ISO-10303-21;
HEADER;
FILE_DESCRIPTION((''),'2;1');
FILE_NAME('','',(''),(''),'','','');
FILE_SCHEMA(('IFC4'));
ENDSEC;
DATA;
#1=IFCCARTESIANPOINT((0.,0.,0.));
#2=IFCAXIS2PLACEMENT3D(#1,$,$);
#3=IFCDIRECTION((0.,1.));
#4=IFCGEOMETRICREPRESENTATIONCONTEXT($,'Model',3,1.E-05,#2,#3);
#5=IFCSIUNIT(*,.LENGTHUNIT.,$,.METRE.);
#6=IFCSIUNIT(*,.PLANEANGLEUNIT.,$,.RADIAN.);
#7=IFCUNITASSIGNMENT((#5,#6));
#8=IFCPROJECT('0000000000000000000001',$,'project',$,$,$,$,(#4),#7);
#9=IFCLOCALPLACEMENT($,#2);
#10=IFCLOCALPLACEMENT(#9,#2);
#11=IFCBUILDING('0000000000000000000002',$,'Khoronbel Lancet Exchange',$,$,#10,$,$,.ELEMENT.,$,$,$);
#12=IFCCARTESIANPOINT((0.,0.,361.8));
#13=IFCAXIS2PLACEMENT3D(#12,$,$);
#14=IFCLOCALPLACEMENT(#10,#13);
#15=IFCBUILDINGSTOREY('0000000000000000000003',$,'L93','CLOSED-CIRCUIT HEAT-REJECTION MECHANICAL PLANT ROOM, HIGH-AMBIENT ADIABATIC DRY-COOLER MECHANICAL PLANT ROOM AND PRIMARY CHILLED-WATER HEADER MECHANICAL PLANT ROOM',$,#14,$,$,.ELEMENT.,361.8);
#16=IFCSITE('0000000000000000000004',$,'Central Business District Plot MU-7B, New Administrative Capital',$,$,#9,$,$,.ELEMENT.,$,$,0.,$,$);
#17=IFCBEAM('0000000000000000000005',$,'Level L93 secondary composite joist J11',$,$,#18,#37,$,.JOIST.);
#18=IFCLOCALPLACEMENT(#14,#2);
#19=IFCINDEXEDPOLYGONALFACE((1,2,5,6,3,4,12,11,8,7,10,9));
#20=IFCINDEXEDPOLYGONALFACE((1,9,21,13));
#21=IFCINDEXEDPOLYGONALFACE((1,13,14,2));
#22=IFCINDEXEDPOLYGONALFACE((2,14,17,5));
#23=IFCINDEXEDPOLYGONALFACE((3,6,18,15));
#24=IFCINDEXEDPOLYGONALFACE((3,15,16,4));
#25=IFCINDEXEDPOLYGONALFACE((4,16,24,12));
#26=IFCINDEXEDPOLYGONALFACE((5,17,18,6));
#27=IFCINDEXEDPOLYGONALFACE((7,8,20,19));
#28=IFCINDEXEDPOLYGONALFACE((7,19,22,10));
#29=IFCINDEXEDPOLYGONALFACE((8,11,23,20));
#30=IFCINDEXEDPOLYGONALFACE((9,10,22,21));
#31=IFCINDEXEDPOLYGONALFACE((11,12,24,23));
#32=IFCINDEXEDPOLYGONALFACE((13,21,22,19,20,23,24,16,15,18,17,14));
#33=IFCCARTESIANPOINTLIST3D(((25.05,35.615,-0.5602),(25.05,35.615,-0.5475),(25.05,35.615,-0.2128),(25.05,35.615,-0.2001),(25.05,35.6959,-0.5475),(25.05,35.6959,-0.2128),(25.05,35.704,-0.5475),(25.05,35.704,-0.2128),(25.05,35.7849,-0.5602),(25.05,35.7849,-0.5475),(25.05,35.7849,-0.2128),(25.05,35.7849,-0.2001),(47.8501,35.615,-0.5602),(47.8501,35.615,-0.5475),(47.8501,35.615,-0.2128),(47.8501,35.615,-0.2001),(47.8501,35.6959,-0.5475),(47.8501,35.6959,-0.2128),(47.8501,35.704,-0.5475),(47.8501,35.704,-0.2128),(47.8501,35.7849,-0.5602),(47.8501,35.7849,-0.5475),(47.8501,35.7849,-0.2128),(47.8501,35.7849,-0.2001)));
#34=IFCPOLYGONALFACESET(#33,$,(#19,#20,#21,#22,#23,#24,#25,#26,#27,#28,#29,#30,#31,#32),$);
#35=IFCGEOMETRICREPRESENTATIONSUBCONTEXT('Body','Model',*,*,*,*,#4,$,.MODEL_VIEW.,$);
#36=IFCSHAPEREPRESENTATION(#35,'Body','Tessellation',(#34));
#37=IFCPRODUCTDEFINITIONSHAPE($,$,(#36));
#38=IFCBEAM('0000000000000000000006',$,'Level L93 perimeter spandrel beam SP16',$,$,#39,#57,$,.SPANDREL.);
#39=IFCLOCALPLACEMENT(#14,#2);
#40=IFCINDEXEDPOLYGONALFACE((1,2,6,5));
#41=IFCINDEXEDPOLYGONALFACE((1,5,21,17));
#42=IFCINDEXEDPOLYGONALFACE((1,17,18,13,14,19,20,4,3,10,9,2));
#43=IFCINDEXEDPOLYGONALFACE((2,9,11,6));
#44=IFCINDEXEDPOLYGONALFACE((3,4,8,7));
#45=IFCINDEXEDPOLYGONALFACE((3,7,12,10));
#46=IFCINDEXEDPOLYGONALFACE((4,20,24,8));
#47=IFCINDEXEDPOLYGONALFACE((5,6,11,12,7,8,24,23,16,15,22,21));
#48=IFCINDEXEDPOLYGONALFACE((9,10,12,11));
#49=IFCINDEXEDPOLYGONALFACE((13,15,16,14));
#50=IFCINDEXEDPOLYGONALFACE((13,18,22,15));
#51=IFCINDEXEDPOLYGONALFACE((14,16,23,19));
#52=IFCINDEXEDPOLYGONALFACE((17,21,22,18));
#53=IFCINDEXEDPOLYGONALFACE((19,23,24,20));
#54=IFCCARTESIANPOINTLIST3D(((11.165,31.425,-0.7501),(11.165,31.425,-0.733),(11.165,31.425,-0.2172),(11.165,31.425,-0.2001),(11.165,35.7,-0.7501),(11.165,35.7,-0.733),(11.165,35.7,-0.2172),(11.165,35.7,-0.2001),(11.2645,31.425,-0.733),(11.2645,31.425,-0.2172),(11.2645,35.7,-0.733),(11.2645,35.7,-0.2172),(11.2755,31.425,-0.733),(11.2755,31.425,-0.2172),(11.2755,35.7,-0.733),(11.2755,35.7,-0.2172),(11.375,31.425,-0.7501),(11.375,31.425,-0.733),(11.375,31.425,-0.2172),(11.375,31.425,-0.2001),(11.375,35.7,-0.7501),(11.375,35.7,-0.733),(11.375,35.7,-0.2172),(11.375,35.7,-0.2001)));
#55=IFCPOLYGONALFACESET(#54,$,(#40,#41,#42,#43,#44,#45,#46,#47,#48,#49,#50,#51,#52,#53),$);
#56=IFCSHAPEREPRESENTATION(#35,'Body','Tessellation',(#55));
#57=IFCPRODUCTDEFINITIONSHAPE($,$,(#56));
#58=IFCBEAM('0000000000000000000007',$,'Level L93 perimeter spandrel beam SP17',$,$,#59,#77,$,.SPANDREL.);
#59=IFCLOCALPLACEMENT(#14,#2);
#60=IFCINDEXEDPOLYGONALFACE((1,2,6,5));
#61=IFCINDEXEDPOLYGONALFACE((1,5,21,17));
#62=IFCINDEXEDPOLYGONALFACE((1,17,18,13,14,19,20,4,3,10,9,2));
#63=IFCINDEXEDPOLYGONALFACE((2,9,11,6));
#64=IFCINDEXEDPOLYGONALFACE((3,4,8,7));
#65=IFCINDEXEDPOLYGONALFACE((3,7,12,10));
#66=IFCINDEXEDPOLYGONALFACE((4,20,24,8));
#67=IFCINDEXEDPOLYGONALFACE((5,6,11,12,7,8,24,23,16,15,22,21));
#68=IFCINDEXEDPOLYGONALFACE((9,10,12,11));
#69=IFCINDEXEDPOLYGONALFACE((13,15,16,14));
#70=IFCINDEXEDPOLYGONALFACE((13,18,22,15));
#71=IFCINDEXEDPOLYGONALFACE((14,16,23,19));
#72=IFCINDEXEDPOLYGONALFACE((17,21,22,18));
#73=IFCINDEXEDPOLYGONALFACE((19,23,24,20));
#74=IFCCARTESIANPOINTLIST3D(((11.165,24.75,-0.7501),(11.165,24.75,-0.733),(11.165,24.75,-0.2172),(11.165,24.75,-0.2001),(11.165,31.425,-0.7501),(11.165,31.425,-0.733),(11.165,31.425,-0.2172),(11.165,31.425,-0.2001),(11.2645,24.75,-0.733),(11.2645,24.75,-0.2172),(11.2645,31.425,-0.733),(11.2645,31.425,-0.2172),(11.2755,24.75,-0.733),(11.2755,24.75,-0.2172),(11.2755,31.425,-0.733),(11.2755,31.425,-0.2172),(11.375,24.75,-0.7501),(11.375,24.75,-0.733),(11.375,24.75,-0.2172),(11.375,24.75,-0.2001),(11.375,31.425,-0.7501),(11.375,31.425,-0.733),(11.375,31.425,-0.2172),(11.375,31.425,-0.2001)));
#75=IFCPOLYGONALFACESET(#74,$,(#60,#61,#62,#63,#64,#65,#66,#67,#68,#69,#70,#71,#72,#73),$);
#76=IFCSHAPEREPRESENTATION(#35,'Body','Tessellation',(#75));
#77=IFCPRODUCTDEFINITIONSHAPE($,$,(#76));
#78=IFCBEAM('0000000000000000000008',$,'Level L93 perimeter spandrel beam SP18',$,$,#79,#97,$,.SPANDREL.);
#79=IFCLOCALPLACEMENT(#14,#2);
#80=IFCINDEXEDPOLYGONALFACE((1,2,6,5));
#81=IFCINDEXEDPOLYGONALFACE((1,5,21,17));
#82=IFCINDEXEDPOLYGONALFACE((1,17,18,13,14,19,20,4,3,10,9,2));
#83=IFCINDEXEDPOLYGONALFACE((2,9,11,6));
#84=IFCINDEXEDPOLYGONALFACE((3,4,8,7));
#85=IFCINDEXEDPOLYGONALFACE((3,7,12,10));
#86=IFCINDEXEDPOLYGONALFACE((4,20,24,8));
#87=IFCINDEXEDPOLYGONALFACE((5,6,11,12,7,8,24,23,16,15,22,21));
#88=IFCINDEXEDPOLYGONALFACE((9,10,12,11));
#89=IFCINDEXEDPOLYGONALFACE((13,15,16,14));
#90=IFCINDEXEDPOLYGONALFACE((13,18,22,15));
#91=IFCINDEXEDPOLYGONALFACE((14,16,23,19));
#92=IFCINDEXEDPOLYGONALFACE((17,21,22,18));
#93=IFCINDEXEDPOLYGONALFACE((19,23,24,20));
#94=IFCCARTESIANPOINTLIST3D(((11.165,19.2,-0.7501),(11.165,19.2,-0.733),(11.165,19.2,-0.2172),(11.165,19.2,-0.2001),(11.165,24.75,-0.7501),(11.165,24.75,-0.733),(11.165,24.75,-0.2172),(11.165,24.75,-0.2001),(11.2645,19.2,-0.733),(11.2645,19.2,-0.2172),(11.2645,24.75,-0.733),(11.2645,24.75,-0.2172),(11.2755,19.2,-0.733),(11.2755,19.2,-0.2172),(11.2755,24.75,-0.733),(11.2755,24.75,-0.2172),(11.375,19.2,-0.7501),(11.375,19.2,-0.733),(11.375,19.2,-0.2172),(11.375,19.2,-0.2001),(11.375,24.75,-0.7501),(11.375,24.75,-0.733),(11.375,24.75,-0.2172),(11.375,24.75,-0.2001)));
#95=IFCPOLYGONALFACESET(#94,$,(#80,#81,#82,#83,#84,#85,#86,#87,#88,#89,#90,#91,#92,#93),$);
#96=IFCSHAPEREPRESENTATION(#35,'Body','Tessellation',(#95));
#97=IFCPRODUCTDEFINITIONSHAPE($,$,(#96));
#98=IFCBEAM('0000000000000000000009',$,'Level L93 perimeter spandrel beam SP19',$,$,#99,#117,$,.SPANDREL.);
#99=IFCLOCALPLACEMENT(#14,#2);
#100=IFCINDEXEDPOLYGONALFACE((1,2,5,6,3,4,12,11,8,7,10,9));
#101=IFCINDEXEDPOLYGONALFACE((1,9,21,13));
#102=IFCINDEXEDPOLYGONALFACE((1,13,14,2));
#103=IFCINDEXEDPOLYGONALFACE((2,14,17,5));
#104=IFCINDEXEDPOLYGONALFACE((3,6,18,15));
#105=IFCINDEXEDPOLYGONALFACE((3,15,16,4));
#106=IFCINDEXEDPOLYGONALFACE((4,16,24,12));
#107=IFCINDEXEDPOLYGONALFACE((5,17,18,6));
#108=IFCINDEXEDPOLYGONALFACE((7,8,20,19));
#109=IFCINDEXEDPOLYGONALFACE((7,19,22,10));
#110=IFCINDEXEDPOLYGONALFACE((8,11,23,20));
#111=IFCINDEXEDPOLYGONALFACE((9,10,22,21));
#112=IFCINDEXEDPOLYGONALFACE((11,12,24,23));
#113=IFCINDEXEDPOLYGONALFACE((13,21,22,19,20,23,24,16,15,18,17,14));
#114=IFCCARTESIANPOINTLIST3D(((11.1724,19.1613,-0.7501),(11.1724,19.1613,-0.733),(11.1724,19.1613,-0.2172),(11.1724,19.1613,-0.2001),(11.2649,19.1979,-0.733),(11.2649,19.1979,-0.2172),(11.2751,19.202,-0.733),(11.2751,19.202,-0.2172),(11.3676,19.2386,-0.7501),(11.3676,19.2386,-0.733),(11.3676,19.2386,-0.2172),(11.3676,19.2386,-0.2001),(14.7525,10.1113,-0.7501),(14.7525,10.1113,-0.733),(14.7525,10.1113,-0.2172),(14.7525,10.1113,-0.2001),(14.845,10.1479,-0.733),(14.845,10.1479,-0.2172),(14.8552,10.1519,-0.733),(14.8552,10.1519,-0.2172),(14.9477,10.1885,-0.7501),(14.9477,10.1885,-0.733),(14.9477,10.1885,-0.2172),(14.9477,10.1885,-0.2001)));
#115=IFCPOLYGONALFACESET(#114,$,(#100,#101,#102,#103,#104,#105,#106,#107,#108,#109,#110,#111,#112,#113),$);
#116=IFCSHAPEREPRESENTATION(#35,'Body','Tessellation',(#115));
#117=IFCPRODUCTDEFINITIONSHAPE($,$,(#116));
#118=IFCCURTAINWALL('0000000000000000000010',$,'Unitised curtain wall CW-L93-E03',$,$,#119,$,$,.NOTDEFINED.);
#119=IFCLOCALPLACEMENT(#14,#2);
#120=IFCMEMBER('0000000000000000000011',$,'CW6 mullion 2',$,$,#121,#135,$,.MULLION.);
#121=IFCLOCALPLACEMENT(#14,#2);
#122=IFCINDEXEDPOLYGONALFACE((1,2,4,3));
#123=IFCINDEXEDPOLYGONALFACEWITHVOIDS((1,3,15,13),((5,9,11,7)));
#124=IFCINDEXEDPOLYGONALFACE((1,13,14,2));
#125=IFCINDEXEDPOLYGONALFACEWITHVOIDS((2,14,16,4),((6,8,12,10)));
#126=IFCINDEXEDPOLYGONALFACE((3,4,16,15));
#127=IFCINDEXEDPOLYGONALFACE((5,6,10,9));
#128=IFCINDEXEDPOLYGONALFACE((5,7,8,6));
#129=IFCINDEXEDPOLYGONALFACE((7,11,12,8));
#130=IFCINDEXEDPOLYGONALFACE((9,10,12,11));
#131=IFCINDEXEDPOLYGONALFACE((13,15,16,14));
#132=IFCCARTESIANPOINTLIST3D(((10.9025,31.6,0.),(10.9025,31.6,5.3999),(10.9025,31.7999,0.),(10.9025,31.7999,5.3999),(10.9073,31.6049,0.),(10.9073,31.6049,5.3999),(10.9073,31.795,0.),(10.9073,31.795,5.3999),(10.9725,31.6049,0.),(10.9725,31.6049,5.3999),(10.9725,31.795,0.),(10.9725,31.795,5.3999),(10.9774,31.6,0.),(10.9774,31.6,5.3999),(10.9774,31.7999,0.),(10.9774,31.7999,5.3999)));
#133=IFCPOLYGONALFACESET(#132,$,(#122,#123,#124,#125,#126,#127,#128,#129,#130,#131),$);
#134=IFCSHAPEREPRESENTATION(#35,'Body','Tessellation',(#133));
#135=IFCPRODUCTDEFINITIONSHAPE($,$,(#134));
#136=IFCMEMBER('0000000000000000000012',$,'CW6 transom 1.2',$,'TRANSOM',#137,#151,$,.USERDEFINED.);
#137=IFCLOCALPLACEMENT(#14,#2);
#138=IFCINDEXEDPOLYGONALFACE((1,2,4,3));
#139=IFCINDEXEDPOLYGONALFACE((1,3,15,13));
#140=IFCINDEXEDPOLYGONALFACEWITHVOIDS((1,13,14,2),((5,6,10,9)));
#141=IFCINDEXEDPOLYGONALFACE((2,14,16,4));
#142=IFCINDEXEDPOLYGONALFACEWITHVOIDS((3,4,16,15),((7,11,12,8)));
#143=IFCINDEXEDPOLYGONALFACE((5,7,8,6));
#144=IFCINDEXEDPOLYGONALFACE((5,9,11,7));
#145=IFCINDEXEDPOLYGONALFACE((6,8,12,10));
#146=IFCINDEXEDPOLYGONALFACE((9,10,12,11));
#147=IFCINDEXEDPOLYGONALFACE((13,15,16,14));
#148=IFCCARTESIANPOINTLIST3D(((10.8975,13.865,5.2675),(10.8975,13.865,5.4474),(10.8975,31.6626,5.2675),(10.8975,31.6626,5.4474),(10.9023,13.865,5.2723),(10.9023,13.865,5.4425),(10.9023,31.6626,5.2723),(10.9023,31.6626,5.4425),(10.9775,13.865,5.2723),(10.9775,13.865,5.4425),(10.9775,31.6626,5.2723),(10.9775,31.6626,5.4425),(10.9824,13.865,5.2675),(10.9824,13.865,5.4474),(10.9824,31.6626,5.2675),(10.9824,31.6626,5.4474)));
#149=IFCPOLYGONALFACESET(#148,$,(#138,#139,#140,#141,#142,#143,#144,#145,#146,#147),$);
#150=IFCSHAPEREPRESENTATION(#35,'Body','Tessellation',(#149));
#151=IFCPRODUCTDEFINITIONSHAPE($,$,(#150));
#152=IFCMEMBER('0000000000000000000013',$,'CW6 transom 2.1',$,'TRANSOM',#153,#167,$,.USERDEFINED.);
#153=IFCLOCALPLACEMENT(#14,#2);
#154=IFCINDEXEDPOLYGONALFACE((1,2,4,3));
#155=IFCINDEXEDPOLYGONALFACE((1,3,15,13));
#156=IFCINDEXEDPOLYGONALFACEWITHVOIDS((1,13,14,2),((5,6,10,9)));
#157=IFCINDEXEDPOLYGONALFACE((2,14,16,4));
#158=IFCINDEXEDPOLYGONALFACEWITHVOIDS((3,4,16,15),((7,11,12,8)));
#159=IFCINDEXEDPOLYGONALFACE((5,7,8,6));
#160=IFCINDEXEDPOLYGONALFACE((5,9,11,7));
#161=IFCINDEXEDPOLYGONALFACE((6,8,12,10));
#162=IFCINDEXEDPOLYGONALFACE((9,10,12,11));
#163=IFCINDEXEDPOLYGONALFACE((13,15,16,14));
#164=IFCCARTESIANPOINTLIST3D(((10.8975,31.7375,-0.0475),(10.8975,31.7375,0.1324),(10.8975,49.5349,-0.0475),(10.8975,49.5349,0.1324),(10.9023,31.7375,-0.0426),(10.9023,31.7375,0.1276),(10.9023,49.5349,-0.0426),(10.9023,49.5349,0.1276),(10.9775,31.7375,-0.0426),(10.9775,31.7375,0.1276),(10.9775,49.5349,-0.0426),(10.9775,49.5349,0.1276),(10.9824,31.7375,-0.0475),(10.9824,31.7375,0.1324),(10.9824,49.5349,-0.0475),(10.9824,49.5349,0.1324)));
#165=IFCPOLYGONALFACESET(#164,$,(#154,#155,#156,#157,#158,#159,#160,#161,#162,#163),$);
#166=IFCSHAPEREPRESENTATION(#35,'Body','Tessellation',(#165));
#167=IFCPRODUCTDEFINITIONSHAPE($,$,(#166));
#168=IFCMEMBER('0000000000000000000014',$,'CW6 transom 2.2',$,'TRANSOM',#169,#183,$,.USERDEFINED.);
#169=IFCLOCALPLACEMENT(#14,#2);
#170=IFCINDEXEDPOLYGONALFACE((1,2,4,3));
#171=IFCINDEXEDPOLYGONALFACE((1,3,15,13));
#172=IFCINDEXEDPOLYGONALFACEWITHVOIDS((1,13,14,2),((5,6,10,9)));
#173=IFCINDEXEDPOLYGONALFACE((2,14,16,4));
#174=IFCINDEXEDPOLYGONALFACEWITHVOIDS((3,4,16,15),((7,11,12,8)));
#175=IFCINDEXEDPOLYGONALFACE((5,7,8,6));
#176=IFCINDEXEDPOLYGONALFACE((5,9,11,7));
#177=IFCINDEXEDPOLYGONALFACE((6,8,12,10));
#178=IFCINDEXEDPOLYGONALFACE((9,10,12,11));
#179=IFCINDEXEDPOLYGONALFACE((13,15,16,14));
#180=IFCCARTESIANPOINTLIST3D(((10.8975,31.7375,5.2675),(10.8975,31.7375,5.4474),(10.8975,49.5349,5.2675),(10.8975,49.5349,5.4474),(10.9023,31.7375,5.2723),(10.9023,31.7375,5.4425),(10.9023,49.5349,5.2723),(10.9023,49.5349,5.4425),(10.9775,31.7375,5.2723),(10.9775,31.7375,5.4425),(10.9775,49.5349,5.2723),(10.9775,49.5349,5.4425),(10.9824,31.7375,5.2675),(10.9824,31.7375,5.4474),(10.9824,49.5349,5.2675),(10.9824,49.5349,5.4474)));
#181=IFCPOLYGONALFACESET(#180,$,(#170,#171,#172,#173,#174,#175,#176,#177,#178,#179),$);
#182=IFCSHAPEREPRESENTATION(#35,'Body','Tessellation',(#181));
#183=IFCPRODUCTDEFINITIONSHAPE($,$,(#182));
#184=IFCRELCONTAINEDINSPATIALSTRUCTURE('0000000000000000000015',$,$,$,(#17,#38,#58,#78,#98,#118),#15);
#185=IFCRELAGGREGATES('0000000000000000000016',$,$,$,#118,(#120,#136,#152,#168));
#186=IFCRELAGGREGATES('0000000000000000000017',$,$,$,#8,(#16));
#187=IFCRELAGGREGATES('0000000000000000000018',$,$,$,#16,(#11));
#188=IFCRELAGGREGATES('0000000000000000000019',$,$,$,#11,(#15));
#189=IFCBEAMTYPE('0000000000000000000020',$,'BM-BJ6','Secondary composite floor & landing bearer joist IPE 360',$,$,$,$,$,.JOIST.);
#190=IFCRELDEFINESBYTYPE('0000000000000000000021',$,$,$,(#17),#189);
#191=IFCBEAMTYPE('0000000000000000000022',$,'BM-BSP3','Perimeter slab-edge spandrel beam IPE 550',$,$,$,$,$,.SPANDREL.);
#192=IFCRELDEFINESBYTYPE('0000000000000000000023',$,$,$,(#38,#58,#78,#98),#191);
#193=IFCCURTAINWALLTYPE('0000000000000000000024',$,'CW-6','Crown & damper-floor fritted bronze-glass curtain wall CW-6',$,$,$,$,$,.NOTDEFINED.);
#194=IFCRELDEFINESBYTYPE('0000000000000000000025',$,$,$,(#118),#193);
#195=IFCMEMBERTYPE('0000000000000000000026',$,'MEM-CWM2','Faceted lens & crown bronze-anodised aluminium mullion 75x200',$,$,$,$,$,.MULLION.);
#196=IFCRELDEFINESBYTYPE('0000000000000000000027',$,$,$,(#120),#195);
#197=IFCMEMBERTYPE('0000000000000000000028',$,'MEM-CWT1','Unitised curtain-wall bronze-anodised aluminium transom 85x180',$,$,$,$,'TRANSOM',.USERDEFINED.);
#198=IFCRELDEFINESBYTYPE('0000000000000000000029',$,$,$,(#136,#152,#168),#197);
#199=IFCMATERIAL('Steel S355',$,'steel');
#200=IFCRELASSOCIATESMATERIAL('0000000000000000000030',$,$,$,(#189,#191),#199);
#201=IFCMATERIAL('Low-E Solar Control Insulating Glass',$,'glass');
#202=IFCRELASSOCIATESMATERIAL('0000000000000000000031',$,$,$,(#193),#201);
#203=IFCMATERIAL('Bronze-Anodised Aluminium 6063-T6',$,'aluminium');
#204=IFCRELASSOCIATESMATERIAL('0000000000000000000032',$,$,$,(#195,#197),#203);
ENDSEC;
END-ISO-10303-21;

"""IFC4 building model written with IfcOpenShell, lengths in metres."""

from ifc_helpers import new_model, si_unit, direction, frame, origin, origin_2d, place, context, subcontext, project, spatial, hollow_rectangle, i_section, extrude, material, material_profile, profile_set, type_object, element, aggregate, save


model = new_model("IFC4")

# Units and contexts
model_context = context("Model", 3, precision=1e-05, world=origin(), true_north=direction((0.0, 1.0)))
body_context = subcontext(model_context, "Body", "Model", "MODEL_VIEW")
ifc_project = project(units=[si_unit("LENGTHUNIT", "METRE"), si_unit("PLANEANGLEUNIT", "RADIAN")], contexts=[model_context])

# Site, building, storey
site_placement = place(None, origin())
site = spatial("IfcSite", under=ifc_project, at=site_placement, Name="Central Business District Plot MU-7B, New Administrative Capital", CompositionType="ELEMENT", RefElevation=0.0)
building_placement = place(site_placement, origin())
building = spatial("IfcBuilding", under=site, at=building_placement, Name="Khoronbel Lancet Exchange", CompositionType="ELEMENT")
storey_placement = place(building_placement, frame((0.0, 0.0, 361.8)))
storey = spatial("IfcBuildingStorey", under=building, at=storey_placement, Name="L93", Description="CLOSED-CIRCUIT HEAT-REJECTION MECHANICAL PLANT ROOM, HIGH-AMBIENT ADIABATIC DRY-COOLER MECHANICAL PLANT ROOM AND PRIMARY CHILLED-WATER HEADER MECHANICAL PLANT ROOM", CompositionType="ELEMENT", Elevation=361.8)

# Shared definitions
ifc_material_1 = material(Name="Steel S355", Category="steel")

# Beams
ifc_material_profile_1 = material_profile(ifc_material_1, i_section(OverallWidth=0.1699, OverallDepth=0.3601, WebThickness=0.0081, FlangeThickness=0.0127, at=origin_2d()), Name="IPE 360")
ifc_profile_set_1 = profile_set([ifc_material_profile_1], Name="Steel S355")
beam_type_1 = type_object("IfcBeamType", Name="BM-BJ6", Description="Secondary composite floor & landing bearer joist IPE 360", PredefinedType="JOIST", material=ifc_profile_set_1)
beam_1_placement = place(storey_placement, frame((25.05, 35.7, -0.3801), z_axis=(1.0, 0.0, 0.0), x_axis=(0.0, 1.0, 0.0)))
element("IfcBeam", 1, at=beam_1_placement, inside=storey, type_object=beam_type_1, Name="Level L93 secondary composite joist J11", PredefinedType="JOIST", context=body_context, shape_type="SweptSolid", body=[
    extrude(i_section(OverallWidth=0.1699, OverallDepth=0.3601, WebThickness=0.0081, FlangeThickness=0.0127, at=origin_2d()), origin(), (0.0, 0.0, 1.0), 22.8),
])
ifc_material_profile_2 = material_profile(ifc_material_1, i_section(OverallWidth=0.21, OverallDepth=0.55, WebThickness=0.011, FlangeThickness=0.0171, at=origin_2d()), Name="IPE 550")
ifc_profile_set_2 = profile_set([ifc_material_profile_2], Name="Steel S355")
beam_type_2 = type_object("IfcBeamType", Name="BM-BSP3", Description="Perimeter slab-edge spandrel beam IPE 550", PredefinedType="SPANDREL", material=ifc_profile_set_2)
beam_2_placement = place(storey_placement, frame((11.27, 35.7, -0.4751), z_axis=(0.0, -1.0, 0.0), x_axis=(1.0, 0.0, 0.0)))
element("IfcBeam", 2, at=beam_2_placement, inside=storey, type_object=beam_type_2, Name="Level L93 perimeter spandrel beam SP16", PredefinedType="SPANDREL", context=body_context, shape_type="SweptSolid", body=[
    extrude(i_section(OverallWidth=0.21, OverallDepth=0.55, WebThickness=0.011, FlangeThickness=0.0171, at=origin_2d()), origin(), (0.0, 0.0, 1.0), 4.2749),
])
beam_3_placement = place(storey_placement, frame((11.27, 31.425, -0.4751), z_axis=(0.0, -1.0, 0.0), x_axis=(1.0, 0.0, 0.0)))
element("IfcBeam", 3, at=beam_3_placement, inside=storey, type_object=beam_type_2, Name="Level L93 perimeter spandrel beam SP17", PredefinedType="SPANDREL", context=body_context, shape_type="SweptSolid", body=[
    extrude(i_section(OverallWidth=0.21, OverallDepth=0.55, WebThickness=0.011, FlangeThickness=0.0171, at=origin_2d()), origin(), (0.0, 0.0, 1.0), 6.675),
])
beam_4_placement = place(storey_placement, frame((11.27, 24.75, -0.4751), z_axis=(0.0, -1.0, 0.0), x_axis=(1.0, 0.0, 0.0)))
element("IfcBeam", 4, at=beam_4_placement, inside=storey, type_object=beam_type_2, Name="Level L93 perimeter spandrel beam SP18", PredefinedType="SPANDREL", context=body_context, shape_type="SweptSolid", body=[
    extrude(i_section(OverallWidth=0.21, OverallDepth=0.55, WebThickness=0.011, FlangeThickness=0.0171, at=origin_2d()), origin(), (0.0, 0.0, 1.0), 5.55),
])
beam_5_placement = place(storey_placement, frame((11.27, 19.2, -0.4751), z_axis=(0.36785, -0.929885, 0.0), x_axis=(0.929885, 0.36785, 0.0)))
element("IfcBeam", 5, at=beam_5_placement, inside=storey, type_object=beam_type_2, Name="Level L93 perimeter spandrel beam SP19", PredefinedType="SPANDREL", context=body_context, shape_type="SweptSolid", body=[
    extrude(i_section(OverallWidth=0.21, OverallDepth=0.55, WebThickness=0.011, FlangeThickness=0.0171, at=origin_2d()), origin(), (0.0, 0.0, 1.0), 9.7324),
])

# Curtain wall, members
ifc_material_2 = material(Name="Low-E Solar Control Insulating Glass", Category="glass")
curtain_wall_type = type_object("IfcCurtainWallType", Name="CW-6", Description="Crown & damper-floor fritted bronze-glass curtain wall CW-6", PredefinedType="NOTDEFINED", material=ifc_material_2)
curtain_wall_placement = place(storey_placement, origin())
curtain_wall = element("IfcCurtainWall", 6, at=curtain_wall_placement, inside=storey, type_object=curtain_wall_type, Name="Unitised curtain wall CW-L93-E03", PredefinedType="NOTDEFINED")
ifc_material_3 = material(Name="Bronze-Anodised Aluminium 6063-T6", Category="aluminium")
ifc_material_profile_3 = material_profile(ifc_material_3, hollow_rectangle(XDim=0.075, YDim=0.2, WallThickness=0.0049, at=origin_2d()), Name="ALU MULLION 75x200")
ifc_profile_set_3 = profile_set([ifc_material_profile_3], Name="Bronze-Anodised Aluminium 6063-T6")
member_type_1 = type_object("IfcMemberType", Name="MEM-CWM2", Description="Faceted lens & crown bronze-anodised aluminium mullion 75x200", PredefinedType="MULLION", material=ifc_profile_set_3)
member_1_placement = place(storey_placement, frame((10.9399, 31.7, 0.0), z_axis=(0.0, 0.0, 1.0), x_axis=(-1.0, 0.0, 0.0)))
member_1 = element("IfcMember", 7, at=member_1_placement, type_object=member_type_1, Name="CW6 mullion 2", PredefinedType="MULLION", context=body_context, shape_type="SweptSolid", body=[
    extrude(hollow_rectangle(XDim=0.075, YDim=0.2, WallThickness=0.0049, at=origin_2d()), origin(), (0.0, 0.0, 1.0), 5.3999),
])
ifc_material_profile_4 = material_profile(ifc_material_3, hollow_rectangle(XDim=0.085, YDim=0.1799, WallThickness=0.0049, at=origin_2d()), Name="ALU TRANSOM 85x180")
ifc_profile_set_4 = profile_set([ifc_material_profile_4], Name="Bronze-Anodised Aluminium 6063-T6")
member_type_2 = type_object("IfcMemberType", Name="MEM-CWT1", Description="Unitised curtain-wall bronze-anodised aluminium transom 85x180", ElementType="TRANSOM", PredefinedType="USERDEFINED", material=ifc_profile_set_4)
member_2_placement = place(storey_placement, frame((10.9399, 13.865, 5.3574), z_axis=(0.0, 1.0, 0.0), x_axis=(-1.0, 0.0, 0.0)))
member_2 = element("IfcMember", 8, at=member_2_placement, type_object=member_type_2, Name="CW6 transom 1.2", ObjectType="TRANSOM", PredefinedType="USERDEFINED", context=body_context, shape_type="SweptSolid", body=[
    extrude(hollow_rectangle(XDim=0.085, YDim=0.1799, WallThickness=0.0049, at=origin_2d()), origin(), (0.0, 0.0, 1.0), 17.7976),
])
member_3_placement = place(storey_placement, frame((10.9399, 31.7375, 0.0425), z_axis=(0.0, 1.0, 0.0), x_axis=(-1.0, 0.0, 0.0)))
member_3 = element("IfcMember", 9, at=member_3_placement, type_object=member_type_2, Name="CW6 transom 2.1", ObjectType="TRANSOM", PredefinedType="USERDEFINED", context=body_context, shape_type="SweptSolid", body=[
    extrude(hollow_rectangle(XDim=0.085, YDim=0.1799, WallThickness=0.0049, at=origin_2d()), origin(), (0.0, 0.0, 1.0), 17.7974),
])
member_4_placement = place(storey_placement, frame((10.9399, 31.7375, 5.3574), z_axis=(0.0, 1.0, 0.0), x_axis=(-1.0, 0.0, 0.0)))
member_4 = element("IfcMember", 10, at=member_4_placement, type_object=member_type_2, Name="CW6 transom 2.2", ObjectType="TRANSOM", PredefinedType="USERDEFINED", context=body_context, shape_type="SweptSolid", body=[
    extrude(hollow_rectangle(XDim=0.085, YDim=0.1799, WallThickness=0.0049, at=origin_2d()), origin(), (0.0, 0.0, 1.0), 17.7974),
])

aggregate(curtain_wall, [member_1, member_2, member_3, member_4])

save(model, "model.ifc")
